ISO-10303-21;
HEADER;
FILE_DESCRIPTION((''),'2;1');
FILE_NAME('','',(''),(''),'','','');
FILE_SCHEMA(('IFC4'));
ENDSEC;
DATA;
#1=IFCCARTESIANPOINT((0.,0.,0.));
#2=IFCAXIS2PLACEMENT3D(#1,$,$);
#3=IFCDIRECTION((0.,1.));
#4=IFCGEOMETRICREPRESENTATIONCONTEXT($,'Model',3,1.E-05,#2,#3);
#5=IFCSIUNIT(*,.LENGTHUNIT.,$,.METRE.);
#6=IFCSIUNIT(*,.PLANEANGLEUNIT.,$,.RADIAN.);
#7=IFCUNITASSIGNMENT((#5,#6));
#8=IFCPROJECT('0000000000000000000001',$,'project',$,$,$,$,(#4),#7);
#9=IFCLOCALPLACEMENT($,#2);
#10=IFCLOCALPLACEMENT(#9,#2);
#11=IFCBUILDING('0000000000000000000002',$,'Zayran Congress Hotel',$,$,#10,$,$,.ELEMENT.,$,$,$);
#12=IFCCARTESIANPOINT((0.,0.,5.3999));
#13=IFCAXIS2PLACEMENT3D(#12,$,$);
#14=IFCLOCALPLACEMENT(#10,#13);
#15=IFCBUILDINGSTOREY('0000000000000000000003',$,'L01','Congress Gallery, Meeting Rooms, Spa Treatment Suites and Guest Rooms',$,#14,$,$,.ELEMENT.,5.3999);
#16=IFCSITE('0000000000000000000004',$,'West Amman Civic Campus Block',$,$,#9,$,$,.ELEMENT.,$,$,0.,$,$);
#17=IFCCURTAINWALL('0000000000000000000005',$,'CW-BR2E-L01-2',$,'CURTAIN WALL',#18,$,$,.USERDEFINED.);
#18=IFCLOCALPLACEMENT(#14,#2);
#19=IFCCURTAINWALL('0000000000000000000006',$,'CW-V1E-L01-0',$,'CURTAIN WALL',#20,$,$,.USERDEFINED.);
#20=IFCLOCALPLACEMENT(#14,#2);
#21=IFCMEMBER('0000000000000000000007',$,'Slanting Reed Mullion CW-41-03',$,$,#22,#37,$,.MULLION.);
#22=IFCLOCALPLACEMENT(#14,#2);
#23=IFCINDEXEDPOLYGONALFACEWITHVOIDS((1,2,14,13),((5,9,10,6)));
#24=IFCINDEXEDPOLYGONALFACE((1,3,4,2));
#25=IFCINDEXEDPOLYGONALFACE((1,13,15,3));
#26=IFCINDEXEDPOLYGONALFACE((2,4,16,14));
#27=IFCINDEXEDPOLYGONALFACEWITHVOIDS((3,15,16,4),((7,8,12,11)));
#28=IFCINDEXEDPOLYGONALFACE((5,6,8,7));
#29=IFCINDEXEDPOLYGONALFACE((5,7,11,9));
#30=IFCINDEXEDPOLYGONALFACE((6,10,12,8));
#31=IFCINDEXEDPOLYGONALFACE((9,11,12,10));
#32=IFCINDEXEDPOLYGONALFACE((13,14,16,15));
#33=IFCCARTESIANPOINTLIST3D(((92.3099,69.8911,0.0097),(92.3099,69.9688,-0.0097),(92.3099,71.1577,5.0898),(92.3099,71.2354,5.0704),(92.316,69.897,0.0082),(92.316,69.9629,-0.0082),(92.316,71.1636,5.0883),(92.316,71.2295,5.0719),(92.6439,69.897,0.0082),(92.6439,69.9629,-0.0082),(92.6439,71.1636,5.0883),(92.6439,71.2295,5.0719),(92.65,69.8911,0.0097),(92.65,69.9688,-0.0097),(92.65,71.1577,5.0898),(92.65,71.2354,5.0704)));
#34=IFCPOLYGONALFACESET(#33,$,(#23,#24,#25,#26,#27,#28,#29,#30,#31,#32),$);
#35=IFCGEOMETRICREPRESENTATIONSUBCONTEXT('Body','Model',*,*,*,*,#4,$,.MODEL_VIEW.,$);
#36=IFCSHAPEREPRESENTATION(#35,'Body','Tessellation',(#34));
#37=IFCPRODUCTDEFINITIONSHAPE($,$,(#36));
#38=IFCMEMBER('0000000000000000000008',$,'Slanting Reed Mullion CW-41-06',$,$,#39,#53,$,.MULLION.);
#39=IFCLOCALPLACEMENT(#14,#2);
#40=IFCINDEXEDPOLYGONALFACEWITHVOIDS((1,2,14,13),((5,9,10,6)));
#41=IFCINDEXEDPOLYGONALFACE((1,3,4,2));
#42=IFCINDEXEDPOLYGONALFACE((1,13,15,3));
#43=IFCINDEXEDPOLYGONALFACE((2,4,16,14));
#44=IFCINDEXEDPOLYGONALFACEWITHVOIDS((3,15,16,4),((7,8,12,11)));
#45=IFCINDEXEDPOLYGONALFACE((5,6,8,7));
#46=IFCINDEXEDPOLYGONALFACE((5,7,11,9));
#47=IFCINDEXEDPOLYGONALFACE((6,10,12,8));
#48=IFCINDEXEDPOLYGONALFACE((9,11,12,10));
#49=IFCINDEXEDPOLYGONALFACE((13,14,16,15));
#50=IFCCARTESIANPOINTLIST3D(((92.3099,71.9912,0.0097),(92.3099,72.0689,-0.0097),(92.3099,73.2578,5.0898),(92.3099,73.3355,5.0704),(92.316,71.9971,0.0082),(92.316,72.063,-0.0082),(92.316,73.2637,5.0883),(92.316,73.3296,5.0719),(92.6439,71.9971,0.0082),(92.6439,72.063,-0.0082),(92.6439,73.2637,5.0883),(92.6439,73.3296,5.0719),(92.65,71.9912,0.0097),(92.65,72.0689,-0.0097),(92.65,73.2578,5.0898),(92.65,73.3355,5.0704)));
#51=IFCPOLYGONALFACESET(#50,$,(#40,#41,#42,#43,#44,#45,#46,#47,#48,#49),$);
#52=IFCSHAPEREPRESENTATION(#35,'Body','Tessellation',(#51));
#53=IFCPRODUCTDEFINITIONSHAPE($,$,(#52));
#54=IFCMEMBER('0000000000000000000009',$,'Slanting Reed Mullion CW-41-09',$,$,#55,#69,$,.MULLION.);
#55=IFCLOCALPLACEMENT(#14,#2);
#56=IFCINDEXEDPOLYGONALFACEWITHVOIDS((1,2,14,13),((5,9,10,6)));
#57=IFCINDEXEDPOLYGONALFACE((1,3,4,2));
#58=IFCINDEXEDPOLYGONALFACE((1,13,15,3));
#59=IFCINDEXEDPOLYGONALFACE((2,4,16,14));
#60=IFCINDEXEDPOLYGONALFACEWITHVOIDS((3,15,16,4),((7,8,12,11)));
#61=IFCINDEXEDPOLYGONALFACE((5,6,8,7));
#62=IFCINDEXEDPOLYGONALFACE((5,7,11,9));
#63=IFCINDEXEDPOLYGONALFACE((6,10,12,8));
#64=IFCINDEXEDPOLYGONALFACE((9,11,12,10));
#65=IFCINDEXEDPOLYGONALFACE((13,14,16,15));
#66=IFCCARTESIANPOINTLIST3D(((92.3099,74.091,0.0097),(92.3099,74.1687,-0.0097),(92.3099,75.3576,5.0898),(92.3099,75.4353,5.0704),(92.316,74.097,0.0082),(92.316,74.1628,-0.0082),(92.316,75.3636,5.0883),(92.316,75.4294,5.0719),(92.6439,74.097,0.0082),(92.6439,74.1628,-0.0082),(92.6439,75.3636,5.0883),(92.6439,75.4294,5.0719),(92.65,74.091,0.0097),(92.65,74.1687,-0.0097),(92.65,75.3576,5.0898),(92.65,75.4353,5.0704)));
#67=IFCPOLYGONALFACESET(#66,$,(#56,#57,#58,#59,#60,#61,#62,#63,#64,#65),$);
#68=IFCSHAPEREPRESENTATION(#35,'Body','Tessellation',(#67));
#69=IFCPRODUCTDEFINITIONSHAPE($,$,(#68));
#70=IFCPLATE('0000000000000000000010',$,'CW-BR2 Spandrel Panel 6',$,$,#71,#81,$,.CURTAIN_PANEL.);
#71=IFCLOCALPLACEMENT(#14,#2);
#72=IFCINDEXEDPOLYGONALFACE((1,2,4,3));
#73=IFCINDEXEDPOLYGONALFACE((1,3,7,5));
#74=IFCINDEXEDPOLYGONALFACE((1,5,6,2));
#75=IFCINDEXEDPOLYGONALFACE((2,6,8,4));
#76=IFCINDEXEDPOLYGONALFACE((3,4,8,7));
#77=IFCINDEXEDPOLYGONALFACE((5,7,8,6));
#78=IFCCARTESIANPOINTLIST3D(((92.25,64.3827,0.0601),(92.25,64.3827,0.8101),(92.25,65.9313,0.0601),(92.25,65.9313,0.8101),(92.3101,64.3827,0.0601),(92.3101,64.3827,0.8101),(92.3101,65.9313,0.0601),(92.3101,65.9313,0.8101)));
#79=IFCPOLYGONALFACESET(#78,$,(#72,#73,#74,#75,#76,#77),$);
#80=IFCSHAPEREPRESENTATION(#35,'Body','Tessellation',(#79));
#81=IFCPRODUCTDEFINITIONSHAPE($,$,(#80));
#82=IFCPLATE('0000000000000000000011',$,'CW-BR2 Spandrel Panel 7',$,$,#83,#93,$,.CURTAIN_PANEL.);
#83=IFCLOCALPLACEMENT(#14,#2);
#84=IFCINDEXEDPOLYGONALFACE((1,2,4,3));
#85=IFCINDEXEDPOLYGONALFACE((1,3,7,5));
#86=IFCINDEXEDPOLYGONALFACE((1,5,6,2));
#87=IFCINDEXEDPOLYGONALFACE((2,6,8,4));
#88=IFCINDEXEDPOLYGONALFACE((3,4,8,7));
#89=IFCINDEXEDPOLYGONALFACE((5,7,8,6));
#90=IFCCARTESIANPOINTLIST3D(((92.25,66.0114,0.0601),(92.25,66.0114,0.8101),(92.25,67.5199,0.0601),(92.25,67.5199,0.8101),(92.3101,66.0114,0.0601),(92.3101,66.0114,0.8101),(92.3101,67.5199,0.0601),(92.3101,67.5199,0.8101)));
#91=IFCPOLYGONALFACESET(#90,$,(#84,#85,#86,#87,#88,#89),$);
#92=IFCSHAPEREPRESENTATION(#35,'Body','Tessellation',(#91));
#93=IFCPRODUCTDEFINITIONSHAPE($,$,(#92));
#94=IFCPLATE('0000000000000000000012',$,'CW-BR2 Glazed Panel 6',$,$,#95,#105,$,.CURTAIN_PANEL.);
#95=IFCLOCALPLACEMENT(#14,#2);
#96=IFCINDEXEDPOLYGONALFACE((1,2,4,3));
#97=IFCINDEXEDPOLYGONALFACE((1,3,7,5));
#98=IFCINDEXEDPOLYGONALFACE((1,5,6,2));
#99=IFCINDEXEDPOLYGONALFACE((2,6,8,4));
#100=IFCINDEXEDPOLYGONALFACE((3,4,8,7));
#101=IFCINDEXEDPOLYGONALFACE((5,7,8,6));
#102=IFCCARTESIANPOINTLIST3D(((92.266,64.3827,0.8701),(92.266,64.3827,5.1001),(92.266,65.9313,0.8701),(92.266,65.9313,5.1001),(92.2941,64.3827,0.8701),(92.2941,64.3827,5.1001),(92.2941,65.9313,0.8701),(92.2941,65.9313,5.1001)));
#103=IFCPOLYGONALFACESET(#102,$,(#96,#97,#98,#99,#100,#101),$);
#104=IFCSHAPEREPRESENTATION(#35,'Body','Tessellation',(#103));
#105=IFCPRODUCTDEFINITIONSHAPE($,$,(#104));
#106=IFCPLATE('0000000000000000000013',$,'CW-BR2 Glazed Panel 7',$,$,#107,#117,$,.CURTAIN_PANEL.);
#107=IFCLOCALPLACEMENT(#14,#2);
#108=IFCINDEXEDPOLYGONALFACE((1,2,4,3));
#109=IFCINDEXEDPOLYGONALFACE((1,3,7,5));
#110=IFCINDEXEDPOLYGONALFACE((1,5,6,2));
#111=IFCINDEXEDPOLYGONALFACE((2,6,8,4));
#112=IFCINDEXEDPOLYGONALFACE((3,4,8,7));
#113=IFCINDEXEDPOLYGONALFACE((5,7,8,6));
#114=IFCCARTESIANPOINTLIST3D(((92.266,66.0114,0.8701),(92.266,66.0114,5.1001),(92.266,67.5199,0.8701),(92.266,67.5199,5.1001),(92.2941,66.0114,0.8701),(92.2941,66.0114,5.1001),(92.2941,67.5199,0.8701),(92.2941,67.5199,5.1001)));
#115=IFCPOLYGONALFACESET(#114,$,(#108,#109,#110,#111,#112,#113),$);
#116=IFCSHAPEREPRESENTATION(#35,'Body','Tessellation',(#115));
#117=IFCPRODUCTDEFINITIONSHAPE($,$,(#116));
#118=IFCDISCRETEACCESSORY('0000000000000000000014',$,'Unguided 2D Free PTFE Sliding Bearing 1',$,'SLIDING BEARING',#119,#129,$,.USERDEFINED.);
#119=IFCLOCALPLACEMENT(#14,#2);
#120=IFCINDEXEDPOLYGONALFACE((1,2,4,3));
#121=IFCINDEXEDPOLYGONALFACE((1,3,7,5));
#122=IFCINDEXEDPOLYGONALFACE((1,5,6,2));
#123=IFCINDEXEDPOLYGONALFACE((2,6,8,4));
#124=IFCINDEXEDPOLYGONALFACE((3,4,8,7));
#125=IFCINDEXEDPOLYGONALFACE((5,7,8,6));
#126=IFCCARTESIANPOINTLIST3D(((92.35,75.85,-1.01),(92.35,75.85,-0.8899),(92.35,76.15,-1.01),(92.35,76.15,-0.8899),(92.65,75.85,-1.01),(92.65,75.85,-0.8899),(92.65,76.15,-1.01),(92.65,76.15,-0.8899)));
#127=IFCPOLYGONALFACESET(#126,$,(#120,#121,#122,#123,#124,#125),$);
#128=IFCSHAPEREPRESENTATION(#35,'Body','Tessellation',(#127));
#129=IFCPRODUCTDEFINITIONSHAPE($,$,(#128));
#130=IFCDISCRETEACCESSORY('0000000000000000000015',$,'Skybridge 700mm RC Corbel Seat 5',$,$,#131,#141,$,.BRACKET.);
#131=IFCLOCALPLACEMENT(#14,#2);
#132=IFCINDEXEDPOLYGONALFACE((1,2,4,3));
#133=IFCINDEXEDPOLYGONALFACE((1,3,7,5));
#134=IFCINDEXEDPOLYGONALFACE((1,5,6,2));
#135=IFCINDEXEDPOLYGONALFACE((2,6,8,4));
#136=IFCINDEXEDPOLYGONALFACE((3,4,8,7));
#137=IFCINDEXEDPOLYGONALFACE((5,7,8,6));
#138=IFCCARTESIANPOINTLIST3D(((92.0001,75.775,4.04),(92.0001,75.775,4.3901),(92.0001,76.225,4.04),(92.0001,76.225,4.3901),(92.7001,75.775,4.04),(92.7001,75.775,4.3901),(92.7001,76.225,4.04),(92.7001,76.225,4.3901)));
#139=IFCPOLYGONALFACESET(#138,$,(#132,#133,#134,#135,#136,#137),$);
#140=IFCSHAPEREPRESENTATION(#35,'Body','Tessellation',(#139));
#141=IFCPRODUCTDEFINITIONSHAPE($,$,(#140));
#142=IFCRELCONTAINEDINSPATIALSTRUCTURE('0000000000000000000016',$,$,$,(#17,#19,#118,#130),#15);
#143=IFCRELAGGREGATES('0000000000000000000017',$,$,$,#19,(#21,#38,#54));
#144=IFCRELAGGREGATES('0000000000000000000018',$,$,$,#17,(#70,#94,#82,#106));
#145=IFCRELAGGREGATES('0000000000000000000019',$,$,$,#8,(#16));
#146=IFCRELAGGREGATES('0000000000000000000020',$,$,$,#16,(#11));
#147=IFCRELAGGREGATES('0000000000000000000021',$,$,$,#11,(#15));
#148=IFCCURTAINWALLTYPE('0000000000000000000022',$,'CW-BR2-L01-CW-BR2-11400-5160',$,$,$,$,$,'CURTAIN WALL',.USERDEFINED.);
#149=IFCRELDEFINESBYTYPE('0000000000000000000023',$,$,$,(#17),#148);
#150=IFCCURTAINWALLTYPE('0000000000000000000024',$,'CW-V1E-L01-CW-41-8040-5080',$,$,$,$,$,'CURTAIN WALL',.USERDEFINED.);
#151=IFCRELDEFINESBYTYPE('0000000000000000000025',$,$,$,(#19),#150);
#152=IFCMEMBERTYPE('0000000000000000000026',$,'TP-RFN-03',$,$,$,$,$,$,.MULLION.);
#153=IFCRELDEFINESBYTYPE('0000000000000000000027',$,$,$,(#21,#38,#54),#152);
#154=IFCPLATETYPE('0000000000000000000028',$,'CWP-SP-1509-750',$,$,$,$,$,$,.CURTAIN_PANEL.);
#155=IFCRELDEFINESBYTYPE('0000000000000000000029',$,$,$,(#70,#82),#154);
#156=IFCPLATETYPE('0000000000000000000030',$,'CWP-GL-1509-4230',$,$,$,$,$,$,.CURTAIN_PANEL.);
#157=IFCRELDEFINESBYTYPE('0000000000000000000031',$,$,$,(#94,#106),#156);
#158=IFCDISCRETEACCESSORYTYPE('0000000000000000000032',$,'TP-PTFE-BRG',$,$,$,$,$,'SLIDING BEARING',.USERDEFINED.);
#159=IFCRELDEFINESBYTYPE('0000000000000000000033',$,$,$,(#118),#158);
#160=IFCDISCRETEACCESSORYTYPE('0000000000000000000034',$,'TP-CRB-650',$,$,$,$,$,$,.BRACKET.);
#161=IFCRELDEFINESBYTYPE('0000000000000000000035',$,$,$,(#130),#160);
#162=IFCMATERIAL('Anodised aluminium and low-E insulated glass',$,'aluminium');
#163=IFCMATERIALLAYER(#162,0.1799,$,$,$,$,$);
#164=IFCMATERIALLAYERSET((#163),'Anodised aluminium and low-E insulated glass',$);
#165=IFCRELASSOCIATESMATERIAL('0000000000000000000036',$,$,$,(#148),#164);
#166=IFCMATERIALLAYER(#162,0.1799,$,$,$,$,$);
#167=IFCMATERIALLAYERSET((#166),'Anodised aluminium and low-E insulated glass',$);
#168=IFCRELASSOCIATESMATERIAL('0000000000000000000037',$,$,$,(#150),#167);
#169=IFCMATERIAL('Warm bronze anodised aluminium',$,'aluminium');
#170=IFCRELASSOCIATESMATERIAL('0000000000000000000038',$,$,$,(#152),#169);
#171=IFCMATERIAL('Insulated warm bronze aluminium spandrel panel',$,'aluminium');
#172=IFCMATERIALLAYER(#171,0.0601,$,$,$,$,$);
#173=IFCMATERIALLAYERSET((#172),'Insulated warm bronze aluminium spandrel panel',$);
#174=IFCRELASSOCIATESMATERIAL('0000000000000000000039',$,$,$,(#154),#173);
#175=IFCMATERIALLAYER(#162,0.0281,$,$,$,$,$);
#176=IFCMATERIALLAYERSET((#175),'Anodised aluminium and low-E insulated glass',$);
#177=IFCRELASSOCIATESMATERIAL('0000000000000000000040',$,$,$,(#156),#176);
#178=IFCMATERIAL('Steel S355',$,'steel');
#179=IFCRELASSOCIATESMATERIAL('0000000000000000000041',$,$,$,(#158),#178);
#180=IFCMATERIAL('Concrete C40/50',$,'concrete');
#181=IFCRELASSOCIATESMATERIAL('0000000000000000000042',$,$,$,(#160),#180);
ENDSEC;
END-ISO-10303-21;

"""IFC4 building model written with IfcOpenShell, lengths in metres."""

from ifc_helpers import new_model, si_unit, direction, frame, origin, origin_2d, place, context, subcontext, project, spatial, rectangle, hollow_rectangle, extrude, material, layer, layer_set, material_profile, profile_set, type_object, element, aggregate, save


model = new_model("IFC4")

# Units and contexts
model_context = context("Model", 3, precision=1e-05, world=origin(), true_north=direction((0.0, 1.0)))
body_context = subcontext(model_context, "Body", "Model", "MODEL_VIEW")
ifc_project = project(units=[si_unit("LENGTHUNIT", "METRE"), si_unit("PLANEANGLEUNIT", "RADIAN")], contexts=[model_context])

# Site, building, storey
site_placement = place(None, origin())
site = spatial("IfcSite", under=ifc_project, at=site_placement, Name="West Amman Civic Campus Block", CompositionType="ELEMENT", RefElevation=0.0)
building_placement = place(site_placement, origin())
building = spatial("IfcBuilding", under=site, at=building_placement, Name="Zayran Congress Hotel", CompositionType="ELEMENT")
storey_placement = place(building_placement, frame((0.0, 0.0, 5.3999)))
storey = spatial("IfcBuildingStorey", under=building, at=storey_placement, Name="L01", Description="Congress Gallery, Meeting Rooms, Spa Treatment Suites and Guest Rooms", CompositionType="ELEMENT", Elevation=5.3999)

# Shared definitions
ifc_material_1 = material(Name="Steel S355", Category="steel")

# Shared definitions
ifc_material_2 = material(Name="Anodised aluminium and low-E insulated glass", Category="aluminium")

# Curtain walls
ifc_layer_1 = layer(ifc_material_2, 0.1799)
ifc_layer_set_1 = layer_set([ifc_layer_1], Name="Anodised aluminium and low-E insulated glass")
curtain_wall_type_1 = type_object("IfcCurtainWallType", Name="CW-BR2-L01-CW-BR2-11400-5160", ElementType="CURTAIN WALL", PredefinedType="USERDEFINED", material=ifc_layer_set_1)
curtain_wall_1_placement = place(storey_placement, origin())
curtain_wall_1 = element("IfcCurtainWall", 1, at=curtain_wall_1_placement, inside=storey, type_object=curtain_wall_type_1, Name="CW-BR2E-L01-2", ObjectType="CURTAIN WALL", PredefinedType="USERDEFINED")
ifc_layer_2 = layer(ifc_material_2, 0.1799)
ifc_layer_set_2 = layer_set([ifc_layer_2], Name="Anodised aluminium and low-E insulated glass")
curtain_wall_type_2 = type_object("IfcCurtainWallType", Name="CW-V1E-L01-CW-41-8040-5080", ElementType="CURTAIN WALL", PredefinedType="USERDEFINED", material=ifc_layer_set_2)
curtain_wall_2_placement = place(storey_placement, origin())
curtain_wall_2 = element("IfcCurtainWall", 2, at=curtain_wall_2_placement, inside=storey, type_object=curtain_wall_type_2, Name="CW-V1E-L01-0", ObjectType="CURTAIN WALL", PredefinedType="USERDEFINED")
ifc_material_3 = material(Name="Warm bronze anodised aluminium", Category="aluminium")

# Members
ifc_material_profile_1 = material_profile(ifc_material_3, hollow_rectangle(XDim=0.0801, YDim=0.3401, WallThickness=0.0061, at=origin_2d()), Name="RHS 340x80x6")
ifc_profile_set_1 = profile_set([ifc_material_profile_1], Name="Warm bronze anodised aluminium")
member_type_1 = type_object("IfcMemberType", Name="TP-RFN-03", PredefinedType="MULLION", material=ifc_profile_set_1)
member_1_placement = place(storey_placement, frame((92.48, 69.9299, 0.0), z_axis=(0.0, 0.241921, 0.970296), x_axis=(0.0, -0.970296, 0.241921)))
member_1 = element("IfcMember", 3, at=member_1_placement, type_object=member_type_1, Name="Slanting Reed Mullion CW-41-03", PredefinedType="MULLION", context=body_context, shape_type="SweptSolid", body=[
    extrude(hollow_rectangle(XDim=0.0801, YDim=0.3401, WallThickness=0.0061, at=origin_2d()), origin(), (0.0, 0.0, 1.0), 5.2356),
])
member_2_placement = place(storey_placement, frame((92.48, 72.03, 0.0), z_axis=(0.0, 0.241921, 0.970296), x_axis=(0.0, -0.970296, 0.241921)))
member_2 = element("IfcMember", 4, at=member_2_placement, type_object=member_type_1, Name="Slanting Reed Mullion CW-41-06", PredefinedType="MULLION", context=body_context, shape_type="SweptSolid", body=[
    extrude(hollow_rectangle(XDim=0.0801, YDim=0.3401, WallThickness=0.0061, at=origin_2d()), origin(), (0.0, 0.0, 1.0), 5.2356),
])
member_3_placement = place(storey_placement, frame((92.48, 74.1299, 0.0), z_axis=(0.0, 0.241921, 0.970296), x_axis=(0.0, -0.970296, 0.241921)))
member_3 = element("IfcMember", 5, at=member_3_placement, type_object=member_type_1, Name="Slanting Reed Mullion CW-41-09", PredefinedType="MULLION", context=body_context, shape_type="SweptSolid", body=[
    extrude(hollow_rectangle(XDim=0.0801, YDim=0.3401, WallThickness=0.0061, at=origin_2d()), origin(), (0.0, 0.0, 1.0), 5.2356),
])
aggregate(curtain_wall_2, [member_1, member_2, member_3])

# Plates
ifc_material_4 = material(Name="Insulated warm bronze aluminium spandrel panel", Category="aluminium")
ifc_layer_3 = layer(ifc_material_4, 0.0601)
ifc_layer_set_3 = layer_set([ifc_layer_3], Name="Insulated warm bronze aluminium spandrel panel")
plate_type_1 = type_object("IfcPlateType", Name="CWP-SP-1509-750", PredefinedType="CURTAIN_PANEL", material=ifc_layer_set_3)
plate_1_placement = place(storey_placement, frame((92.28, 65.157, 0.0601), z_axis=(0.0, 0.0, 1.0), x_axis=(0.0, 1.0, 0.0)))
plate_1 = element("IfcPlate", 6, at=plate_1_placement, type_object=plate_type_1, Name="CW-BR2 Spandrel Panel 6", PredefinedType="CURTAIN_PANEL", context=body_context, shape_type="SweptSolid", body=[
    extrude(rectangle(XDim=1.5486, YDim=0.0601, at=origin_2d()), origin(), (0.0, 0.0, 1.0), 0.75),
])
plate_2_placement = place(storey_placement, frame((92.28, 66.7656, 0.0601), z_axis=(0.0, 0.0, 1.0), x_axis=(0.0, 1.0, 0.0)))
plate_2 = element("IfcPlate", 7, at=plate_2_placement, type_object=plate_type_1, Name="CW-BR2 Spandrel Panel 7", PredefinedType="CURTAIN_PANEL", context=body_context, shape_type="SweptSolid", body=[
    extrude(rectangle(XDim=1.5085, YDim=0.0601, at=origin_2d()), origin(), (0.0, 0.0, 1.0), 0.75),
])
ifc_layer_4 = layer(ifc_material_2, 0.0281)
ifc_layer_set_4 = layer_set([ifc_layer_4], Name="Anodised aluminium and low-E insulated glass")
plate_type_2 = type_object("IfcPlateType", Name="CWP-GL-1509-4230", PredefinedType="CURTAIN_PANEL", material=ifc_layer_set_4)
plate_3_placement = place(storey_placement, frame((92.28, 65.157, 0.8701), z_axis=(0.0, 0.0, 1.0), x_axis=(0.0, 1.0, 0.0)))
plate_3 = element("IfcPlate", 8, at=plate_3_placement, type_object=plate_type_2, Name="CW-BR2 Glazed Panel 6", PredefinedType="CURTAIN_PANEL", context=body_context, shape_type="SweptSolid", body=[
    extrude(rectangle(XDim=1.5486, YDim=0.0281, at=origin_2d()), origin(), (0.0, 0.0, 1.0), 4.23),
])
plate_4_placement = place(storey_placement, frame((92.28, 66.7656, 0.8701), z_axis=(0.0, 0.0, 1.0), x_axis=(0.0, 1.0, 0.0)))
plate_4 = element("IfcPlate", 9, at=plate_4_placement, type_object=plate_type_2, Name="CW-BR2 Glazed Panel 7", PredefinedType="CURTAIN_PANEL", context=body_context, shape_type="SweptSolid", body=[
    extrude(rectangle(XDim=1.5085, YDim=0.0281, at=origin_2d()), origin(), (0.0, 0.0, 1.0), 4.23),
])
aggregate(curtain_wall_1, [plate_1, plate_3, plate_2, plate_4])

# Discrete accessories
discrete_accessory_type_1 = type_object("IfcDiscreteAccessoryType", Name="TP-PTFE-BRG", ElementType="SLIDING BEARING", PredefinedType="USERDEFINED", material=ifc_material_1)
discrete_accessory_1_placement = place(storey_placement, frame((92.5, 76.0, -1.01), z_axis=(0.0, 0.0, 1.0), x_axis=(1.0, 0.0, 0.0)))
element("IfcDiscreteAccessory", 10, at=discrete_accessory_1_placement, inside=storey, type_object=discrete_accessory_type_1, Name="Unguided 2D Free PTFE Sliding Bearing 1", ObjectType="SLIDING BEARING", PredefinedType="USERDEFINED", context=body_context, shape_type="SweptSolid", body=[
    extrude(rectangle(XDim=0.3, YDim=0.3, at=origin_2d()), origin(), (0.0, 0.0, 1.0), 0.1201),
])
ifc_material_5 = material(Name="Concrete C40/50", Category="concrete")
discrete_accessory_type_2 = type_object("IfcDiscreteAccessoryType", Name="TP-CRB-650", PredefinedType="BRACKET", material=ifc_material_5)
discrete_accessory_2_placement = place(storey_placement, frame((92.3501, 76.0, 4.04), z_axis=(0.0, 0.0, 1.0), x_axis=(1.0, 0.0, 0.0)))
element("IfcDiscreteAccessory", 11, at=discrete_accessory_2_placement, inside=storey, type_object=discrete_accessory_type_2, Name="Skybridge 700mm RC Corbel Seat 5", PredefinedType="BRACKET", context=body_context, shape_type="SweptSolid", body=[
    extrude(rectangle(XDim=0.7, YDim=0.45, at=origin_2d()), origin(), (0.0, 0.0, 1.0), 0.3501),
])

save(model, "model.ifc")
